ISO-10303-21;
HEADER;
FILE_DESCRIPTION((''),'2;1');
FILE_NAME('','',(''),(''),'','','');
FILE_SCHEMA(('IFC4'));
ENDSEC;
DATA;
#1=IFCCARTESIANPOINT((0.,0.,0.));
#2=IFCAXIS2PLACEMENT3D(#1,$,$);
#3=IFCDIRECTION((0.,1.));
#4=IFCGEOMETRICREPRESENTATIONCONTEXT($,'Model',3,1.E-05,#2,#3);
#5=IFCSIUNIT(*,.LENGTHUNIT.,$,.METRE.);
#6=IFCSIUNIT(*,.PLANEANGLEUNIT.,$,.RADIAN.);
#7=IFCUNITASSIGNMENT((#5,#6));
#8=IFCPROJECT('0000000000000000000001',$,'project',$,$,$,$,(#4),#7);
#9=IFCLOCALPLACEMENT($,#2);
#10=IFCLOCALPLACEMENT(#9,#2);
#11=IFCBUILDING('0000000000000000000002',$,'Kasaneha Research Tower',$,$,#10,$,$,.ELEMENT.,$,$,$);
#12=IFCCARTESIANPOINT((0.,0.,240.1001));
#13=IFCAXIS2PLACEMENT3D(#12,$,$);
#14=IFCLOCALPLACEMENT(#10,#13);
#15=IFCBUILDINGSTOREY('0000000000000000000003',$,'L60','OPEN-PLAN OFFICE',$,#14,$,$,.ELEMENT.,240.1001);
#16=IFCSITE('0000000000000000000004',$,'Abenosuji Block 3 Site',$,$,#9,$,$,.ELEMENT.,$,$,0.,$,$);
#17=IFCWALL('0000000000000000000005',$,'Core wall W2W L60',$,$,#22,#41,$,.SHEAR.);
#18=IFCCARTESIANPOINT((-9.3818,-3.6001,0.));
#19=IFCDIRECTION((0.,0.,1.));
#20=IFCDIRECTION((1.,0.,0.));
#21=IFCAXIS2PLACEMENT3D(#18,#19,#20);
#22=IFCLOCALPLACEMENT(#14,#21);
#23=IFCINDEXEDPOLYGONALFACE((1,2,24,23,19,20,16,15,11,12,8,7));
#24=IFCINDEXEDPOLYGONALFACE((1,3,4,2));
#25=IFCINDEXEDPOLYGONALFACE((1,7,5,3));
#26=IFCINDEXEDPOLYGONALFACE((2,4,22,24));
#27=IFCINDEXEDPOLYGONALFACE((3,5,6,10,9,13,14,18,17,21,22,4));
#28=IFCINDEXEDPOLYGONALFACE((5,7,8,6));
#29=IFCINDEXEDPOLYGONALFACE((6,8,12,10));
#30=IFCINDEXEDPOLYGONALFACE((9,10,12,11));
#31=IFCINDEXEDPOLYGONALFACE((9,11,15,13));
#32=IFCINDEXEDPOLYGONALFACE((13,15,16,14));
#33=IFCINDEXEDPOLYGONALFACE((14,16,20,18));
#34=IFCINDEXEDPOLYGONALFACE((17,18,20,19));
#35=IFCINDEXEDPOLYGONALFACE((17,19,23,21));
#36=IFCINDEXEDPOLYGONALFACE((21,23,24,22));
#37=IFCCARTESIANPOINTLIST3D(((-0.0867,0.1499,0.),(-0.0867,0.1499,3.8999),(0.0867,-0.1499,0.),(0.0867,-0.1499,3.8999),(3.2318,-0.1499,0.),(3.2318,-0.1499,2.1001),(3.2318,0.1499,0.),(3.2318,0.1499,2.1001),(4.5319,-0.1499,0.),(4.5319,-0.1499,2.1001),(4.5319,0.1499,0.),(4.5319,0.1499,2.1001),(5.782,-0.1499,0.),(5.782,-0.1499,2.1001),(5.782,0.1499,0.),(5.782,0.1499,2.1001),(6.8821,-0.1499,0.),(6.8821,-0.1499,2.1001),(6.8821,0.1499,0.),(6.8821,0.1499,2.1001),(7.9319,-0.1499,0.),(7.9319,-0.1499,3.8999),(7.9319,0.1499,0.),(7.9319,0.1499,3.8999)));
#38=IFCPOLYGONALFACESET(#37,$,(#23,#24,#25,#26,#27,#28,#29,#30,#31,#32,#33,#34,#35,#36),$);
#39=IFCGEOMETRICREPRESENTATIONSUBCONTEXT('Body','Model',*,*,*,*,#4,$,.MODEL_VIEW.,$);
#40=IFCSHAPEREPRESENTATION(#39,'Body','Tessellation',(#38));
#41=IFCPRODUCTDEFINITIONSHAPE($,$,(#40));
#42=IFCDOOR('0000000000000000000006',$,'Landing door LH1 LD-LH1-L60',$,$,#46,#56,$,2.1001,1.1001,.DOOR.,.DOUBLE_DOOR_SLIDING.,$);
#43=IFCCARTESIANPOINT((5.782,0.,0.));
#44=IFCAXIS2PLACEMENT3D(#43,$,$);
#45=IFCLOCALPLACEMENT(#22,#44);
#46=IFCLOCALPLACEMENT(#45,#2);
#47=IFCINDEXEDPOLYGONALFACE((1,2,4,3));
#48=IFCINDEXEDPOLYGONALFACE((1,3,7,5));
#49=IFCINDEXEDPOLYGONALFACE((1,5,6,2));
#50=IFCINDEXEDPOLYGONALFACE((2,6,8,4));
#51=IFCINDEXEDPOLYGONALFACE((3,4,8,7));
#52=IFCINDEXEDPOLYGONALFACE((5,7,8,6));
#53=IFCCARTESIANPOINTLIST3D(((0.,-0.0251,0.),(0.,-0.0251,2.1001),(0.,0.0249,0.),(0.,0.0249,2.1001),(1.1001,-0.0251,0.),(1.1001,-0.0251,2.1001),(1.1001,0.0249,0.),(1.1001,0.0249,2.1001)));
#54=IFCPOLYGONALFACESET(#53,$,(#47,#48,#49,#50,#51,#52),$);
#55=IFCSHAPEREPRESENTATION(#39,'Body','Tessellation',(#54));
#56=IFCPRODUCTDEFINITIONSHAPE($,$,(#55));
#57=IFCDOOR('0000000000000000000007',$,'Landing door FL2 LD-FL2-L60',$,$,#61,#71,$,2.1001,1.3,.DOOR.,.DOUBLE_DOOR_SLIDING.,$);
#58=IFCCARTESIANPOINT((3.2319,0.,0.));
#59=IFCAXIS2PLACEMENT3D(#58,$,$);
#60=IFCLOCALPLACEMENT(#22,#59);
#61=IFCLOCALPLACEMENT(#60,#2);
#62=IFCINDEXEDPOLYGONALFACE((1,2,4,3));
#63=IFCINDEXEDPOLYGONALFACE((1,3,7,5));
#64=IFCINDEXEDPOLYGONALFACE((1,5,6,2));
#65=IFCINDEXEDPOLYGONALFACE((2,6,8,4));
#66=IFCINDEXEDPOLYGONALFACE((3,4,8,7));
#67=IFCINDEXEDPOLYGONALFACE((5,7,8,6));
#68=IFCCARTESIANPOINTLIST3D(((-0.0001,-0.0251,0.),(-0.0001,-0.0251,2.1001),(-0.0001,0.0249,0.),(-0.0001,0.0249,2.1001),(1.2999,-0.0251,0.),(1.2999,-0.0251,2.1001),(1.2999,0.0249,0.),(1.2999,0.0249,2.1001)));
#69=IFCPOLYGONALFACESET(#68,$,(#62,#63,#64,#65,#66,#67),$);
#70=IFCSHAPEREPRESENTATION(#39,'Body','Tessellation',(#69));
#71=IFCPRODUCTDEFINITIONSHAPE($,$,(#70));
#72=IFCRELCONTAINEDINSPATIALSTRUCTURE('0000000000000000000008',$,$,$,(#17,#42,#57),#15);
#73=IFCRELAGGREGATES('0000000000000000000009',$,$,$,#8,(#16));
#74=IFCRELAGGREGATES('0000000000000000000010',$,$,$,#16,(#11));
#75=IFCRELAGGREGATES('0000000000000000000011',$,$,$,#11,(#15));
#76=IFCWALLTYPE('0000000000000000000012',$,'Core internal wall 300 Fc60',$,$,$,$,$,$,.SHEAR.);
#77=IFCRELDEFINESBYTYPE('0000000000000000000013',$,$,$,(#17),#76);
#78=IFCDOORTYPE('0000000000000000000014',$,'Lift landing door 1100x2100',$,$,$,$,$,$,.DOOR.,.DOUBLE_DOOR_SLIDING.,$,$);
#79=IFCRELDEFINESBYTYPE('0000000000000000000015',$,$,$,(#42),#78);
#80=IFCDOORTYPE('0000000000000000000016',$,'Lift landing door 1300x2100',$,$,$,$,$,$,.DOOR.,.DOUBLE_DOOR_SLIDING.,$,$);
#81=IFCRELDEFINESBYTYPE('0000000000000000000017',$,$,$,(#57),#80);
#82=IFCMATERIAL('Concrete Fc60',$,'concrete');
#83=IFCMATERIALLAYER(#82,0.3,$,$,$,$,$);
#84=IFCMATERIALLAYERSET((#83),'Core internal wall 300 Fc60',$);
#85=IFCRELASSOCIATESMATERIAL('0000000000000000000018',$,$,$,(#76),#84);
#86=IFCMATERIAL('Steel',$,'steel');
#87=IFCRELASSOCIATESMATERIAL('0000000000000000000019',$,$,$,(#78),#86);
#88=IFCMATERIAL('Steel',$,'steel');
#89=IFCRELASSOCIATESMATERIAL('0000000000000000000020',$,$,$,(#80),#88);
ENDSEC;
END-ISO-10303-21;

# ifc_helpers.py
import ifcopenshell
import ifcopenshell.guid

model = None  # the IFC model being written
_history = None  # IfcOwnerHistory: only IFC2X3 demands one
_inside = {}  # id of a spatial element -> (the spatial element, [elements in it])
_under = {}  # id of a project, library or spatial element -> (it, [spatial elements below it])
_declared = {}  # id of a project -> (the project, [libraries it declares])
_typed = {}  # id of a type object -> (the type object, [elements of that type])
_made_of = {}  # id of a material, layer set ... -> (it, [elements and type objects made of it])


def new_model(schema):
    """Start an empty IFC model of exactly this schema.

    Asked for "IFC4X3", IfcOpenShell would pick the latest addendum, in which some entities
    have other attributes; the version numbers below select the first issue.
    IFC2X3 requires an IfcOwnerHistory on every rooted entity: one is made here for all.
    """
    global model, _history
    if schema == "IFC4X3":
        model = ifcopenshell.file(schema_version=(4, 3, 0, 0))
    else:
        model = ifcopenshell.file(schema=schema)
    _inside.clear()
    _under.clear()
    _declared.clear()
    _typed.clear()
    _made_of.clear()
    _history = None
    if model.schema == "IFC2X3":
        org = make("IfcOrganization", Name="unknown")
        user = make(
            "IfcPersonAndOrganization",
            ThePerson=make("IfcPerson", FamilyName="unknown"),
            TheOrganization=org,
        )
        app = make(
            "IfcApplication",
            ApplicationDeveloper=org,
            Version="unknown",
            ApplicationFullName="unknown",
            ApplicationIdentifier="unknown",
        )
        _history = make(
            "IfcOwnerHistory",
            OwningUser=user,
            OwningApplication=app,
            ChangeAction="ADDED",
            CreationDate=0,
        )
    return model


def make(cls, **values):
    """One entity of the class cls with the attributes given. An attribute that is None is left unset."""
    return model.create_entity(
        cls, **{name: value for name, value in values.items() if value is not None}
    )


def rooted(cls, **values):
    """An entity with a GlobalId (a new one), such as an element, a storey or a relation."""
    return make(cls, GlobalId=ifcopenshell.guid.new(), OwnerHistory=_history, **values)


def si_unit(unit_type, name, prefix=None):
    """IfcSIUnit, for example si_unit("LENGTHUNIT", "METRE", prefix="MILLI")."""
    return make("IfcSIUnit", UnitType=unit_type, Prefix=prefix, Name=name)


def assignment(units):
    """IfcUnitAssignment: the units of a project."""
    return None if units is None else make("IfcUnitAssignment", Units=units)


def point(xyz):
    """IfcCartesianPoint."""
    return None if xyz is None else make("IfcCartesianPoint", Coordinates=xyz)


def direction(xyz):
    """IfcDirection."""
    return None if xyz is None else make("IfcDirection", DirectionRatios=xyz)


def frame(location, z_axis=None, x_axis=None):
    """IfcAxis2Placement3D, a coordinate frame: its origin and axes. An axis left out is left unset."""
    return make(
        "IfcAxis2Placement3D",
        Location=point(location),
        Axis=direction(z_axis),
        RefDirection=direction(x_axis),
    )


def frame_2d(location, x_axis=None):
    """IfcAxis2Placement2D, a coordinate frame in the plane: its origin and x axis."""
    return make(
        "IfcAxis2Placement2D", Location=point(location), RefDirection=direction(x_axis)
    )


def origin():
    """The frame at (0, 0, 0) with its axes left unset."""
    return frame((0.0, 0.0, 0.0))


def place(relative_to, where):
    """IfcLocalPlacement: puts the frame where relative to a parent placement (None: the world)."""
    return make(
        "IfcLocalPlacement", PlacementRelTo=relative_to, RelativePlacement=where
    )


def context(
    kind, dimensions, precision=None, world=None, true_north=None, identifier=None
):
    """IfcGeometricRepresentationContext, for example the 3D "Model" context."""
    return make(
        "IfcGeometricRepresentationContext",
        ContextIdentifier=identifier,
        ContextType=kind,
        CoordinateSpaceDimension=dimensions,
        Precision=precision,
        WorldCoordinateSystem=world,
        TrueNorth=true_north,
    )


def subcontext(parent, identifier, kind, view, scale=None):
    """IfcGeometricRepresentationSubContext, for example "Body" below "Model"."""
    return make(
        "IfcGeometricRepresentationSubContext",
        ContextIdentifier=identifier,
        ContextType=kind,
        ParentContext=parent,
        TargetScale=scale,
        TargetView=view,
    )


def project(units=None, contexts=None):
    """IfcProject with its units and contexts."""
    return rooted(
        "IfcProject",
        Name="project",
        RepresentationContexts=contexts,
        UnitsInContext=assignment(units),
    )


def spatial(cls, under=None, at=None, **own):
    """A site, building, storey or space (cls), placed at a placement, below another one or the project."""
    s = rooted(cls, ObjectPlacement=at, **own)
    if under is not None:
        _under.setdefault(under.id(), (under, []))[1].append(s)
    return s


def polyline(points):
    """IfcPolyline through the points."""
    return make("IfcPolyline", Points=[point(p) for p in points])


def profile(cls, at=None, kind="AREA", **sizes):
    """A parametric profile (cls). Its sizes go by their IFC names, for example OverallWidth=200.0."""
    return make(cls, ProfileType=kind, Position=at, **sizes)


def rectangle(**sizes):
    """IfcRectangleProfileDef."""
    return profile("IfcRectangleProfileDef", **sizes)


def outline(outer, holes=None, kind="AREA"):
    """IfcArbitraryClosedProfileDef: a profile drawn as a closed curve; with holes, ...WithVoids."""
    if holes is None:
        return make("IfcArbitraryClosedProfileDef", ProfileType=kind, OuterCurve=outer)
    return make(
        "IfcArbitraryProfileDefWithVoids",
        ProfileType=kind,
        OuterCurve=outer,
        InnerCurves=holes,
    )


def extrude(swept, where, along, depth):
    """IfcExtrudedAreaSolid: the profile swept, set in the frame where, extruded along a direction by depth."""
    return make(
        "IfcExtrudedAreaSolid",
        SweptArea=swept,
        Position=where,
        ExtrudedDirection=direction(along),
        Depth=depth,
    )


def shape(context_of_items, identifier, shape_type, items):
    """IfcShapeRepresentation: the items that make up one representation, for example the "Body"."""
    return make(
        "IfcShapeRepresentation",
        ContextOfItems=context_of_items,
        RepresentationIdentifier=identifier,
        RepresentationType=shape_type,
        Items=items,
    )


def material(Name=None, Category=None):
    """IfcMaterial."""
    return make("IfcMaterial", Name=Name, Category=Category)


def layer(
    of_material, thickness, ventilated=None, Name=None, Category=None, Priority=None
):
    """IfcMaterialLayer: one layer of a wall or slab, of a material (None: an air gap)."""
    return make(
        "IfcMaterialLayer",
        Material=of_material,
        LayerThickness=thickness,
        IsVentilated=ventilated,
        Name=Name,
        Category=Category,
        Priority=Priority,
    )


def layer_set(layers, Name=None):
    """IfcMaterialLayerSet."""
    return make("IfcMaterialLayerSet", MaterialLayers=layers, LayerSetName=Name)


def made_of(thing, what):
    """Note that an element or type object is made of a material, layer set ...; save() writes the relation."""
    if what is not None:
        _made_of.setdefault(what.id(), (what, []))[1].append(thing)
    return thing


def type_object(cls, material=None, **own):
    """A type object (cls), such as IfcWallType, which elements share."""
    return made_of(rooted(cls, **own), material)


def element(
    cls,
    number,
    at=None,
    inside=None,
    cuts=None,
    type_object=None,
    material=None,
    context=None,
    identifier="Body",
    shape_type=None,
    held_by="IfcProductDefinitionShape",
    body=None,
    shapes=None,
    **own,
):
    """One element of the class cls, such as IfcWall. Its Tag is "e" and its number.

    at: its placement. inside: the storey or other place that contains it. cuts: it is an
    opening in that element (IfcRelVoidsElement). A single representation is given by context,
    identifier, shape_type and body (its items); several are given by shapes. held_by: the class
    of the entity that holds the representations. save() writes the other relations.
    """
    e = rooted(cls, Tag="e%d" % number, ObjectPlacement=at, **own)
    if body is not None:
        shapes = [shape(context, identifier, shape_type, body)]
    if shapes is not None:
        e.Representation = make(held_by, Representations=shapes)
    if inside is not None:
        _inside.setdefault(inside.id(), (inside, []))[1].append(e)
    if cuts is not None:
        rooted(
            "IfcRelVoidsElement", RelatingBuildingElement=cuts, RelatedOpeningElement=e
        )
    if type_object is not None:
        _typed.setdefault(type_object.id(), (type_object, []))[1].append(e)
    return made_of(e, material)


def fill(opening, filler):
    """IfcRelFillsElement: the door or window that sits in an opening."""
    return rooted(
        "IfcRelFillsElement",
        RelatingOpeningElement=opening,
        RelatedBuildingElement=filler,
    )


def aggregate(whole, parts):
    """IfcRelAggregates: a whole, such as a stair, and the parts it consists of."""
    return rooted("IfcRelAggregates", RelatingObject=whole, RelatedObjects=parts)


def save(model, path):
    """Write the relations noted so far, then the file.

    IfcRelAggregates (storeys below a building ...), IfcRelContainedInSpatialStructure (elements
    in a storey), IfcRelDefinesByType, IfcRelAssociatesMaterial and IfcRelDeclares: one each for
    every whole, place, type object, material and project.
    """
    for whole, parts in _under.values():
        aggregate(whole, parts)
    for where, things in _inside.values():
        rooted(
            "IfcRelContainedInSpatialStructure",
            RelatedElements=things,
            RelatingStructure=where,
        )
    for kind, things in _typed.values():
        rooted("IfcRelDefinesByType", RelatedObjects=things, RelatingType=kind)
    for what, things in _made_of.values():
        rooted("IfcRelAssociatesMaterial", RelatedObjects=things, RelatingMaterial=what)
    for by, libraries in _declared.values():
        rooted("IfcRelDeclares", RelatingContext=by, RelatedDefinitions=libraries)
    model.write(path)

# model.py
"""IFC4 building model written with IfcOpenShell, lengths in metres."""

from ifc_helpers import new_model, si_unit, direction, frame, frame_2d, origin, place, context, subcontext, project, spatial, polyline, rectangle, outline, extrude, material, layer, layer_set, type_object, element, fill, save


model = new_model("IFC4")

# Units and contexts
model_context = context("Model", 3, precision=1e-05, world=origin(), true_north=direction((0.0, 1.0)))
body_context = subcontext(model_context, "Body", "Model", "MODEL_VIEW")
ifc_project = project(units=[si_unit("LENGTHUNIT", "METRE"), si_unit("PLANEANGLEUNIT", "RADIAN")], contexts=[model_context])

# Site, building, storey
site_placement = place(None, origin())
site = spatial("IfcSite", under=ifc_project, at=site_placement, Name="Abenosuji Block 3 Site", CompositionType="ELEMENT", RefElevation=0.0)
building_placement = place(site_placement, origin())
building = spatial("IfcBuilding", under=site, at=building_placement, Name="Kasaneha Research Tower", CompositionType="ELEMENT")
storey_placement = place(building_placement, frame((0.0, 0.0, 240.1001)))
storey = spatial("IfcBuildingStorey", under=building, at=storey_placement, Name="L60", Description="OPEN-PLAN OFFICE", CompositionType="ELEMENT", Elevation=240.1001)

# Wall, openings, doors
ifc_material_1 = material(Name="Concrete Fc60", Category="concrete")
ifc_layer_1 = layer(ifc_material_1, 0.3)
ifc_layer_set_1 = layer_set([ifc_layer_1], Name="Core internal wall 300 Fc60")
wall_type_1 = type_object("IfcWallType", Name="Core internal wall 300 Fc60", PredefinedType="SHEAR", material=ifc_layer_set_1)
wall_1_placement = place(storey_placement, frame((-9.3818, -3.6001, 0.0), z_axis=(0.0, 0.0, 1.0), x_axis=(1.0, 0.0, 0.0)))
wall_1 = element("IfcWall", 1, at=wall_1_placement, inside=storey, type_object=wall_type_1, Name="Core wall W2W L60", PredefinedType="SHEAR", context=body_context, shape_type="SweptSolid", body=[
    extrude(outline(polyline([(0.0867, -0.1499), (3.2319, -0.1499), (4.532, -0.1499), (5.782, -0.1499), (6.8821, -0.1499), (7.9319, -0.1499), (7.9319, 0.1499), (6.8821, 0.1499), (5.782, 0.1499), (4.532, 0.1499), (3.2319, 0.1499), (-0.0867, 0.1499), (0.0867, -0.1499)])), origin(), (0.0, 0.0, 1.0), 3.8999),
])
opening_1_placement = place(wall_1_placement, frame((5.782, 0.0, 0.0)))
opening_1 = element("IfcOpeningElement", 2, at=opening_1_placement, cuts=wall_1, PredefinedType="OPENING", context=body_context, shape_type="SweptSolid", body=[
    extrude(rectangle(XDim=1.1001, YDim=2.1001, at=frame_2d((0.55, 1.05))), frame((0.0, 0.1602, 0.0), z_axis=(0.0, -1.0, 0.0), x_axis=(1.0, 0.0, 0.0)), (0.0, 0.0, 1.0), 0.3201),
])
opening_2_placement = place(wall_1_placement, frame((3.2319, 0.0, 0.0)))
opening_2 = element("IfcOpeningElement", 3, at=opening_2_placement, cuts=wall_1, PredefinedType="OPENING", context=body_context, shape_type="SweptSolid", body=[
    extrude(rectangle(XDim=1.3, YDim=2.1001, at=frame_2d((0.6499, 1.05))), frame((0.0, 0.1602, 0.0), z_axis=(0.0, -1.0, 0.0), x_axis=(1.0, 0.0, 0.0)), (0.0, 0.0, 1.0), 0.3201),
])
ifc_material_2 = material(Name="Steel", Category="steel")
door_type_1 = type_object("IfcDoorType", Name="Lift landing door 1100x2100", OperationType="DOUBLE_DOOR_SLIDING", PredefinedType="DOOR", material=ifc_material_2)
door_1_placement = place(opening_1_placement, origin())
door_1 = element("IfcDoor", 4, at=door_1_placement, inside=storey, type_object=door_type_1, Name="Landing door LH1 LD-LH1-L60", OperationType="DOUBLE_DOOR_SLIDING", OverallHeight=2.1001, OverallWidth=1.1001, PredefinedType="DOOR", context=body_context, shape_type="SweptSolid", body=[
    extrude(rectangle(XDim=1.1001, YDim=2.1001, at=frame_2d((0.55, 1.05))), frame((0.0, 0.0249, 0.0), z_axis=(0.0, -1.0, 0.0), x_axis=(1.0, 0.0, 0.0)), (0.0, 0.0, 1.0), 0.05),
])
fill(opening_1, door_1)
ifc_material_3 = material(Name="Steel", Category="steel")
door_type_2 = type_object("IfcDoorType", Name="Lift landing door 1300x2100", OperationType="DOUBLE_DOOR_SLIDING", PredefinedType="DOOR", material=ifc_material_3)
door_2_placement = place(opening_2_placement, origin())
door_2 = element("IfcDoor", 5, at=door_2_placement, inside=storey, type_object=door_type_2, Name="Landing door FL2 LD-FL2-L60", OperationType="DOUBLE_DOOR_SLIDING", OverallHeight=2.1001, OverallWidth=1.3, PredefinedType="DOOR", context=body_context, shape_type="SweptSolid", body=[
    extrude(rectangle(XDim=1.3, YDim=2.1001, at=frame_2d((0.6499, 1.05))), frame((0.0, 0.0249, 0.0), z_axis=(0.0, -1.0, 0.0), x_axis=(1.0, 0.0, 0.0)), (0.0, 0.0, 1.0), 0.05),
])
fill(opening_2, door_2)

save(model, "model.ifc")
